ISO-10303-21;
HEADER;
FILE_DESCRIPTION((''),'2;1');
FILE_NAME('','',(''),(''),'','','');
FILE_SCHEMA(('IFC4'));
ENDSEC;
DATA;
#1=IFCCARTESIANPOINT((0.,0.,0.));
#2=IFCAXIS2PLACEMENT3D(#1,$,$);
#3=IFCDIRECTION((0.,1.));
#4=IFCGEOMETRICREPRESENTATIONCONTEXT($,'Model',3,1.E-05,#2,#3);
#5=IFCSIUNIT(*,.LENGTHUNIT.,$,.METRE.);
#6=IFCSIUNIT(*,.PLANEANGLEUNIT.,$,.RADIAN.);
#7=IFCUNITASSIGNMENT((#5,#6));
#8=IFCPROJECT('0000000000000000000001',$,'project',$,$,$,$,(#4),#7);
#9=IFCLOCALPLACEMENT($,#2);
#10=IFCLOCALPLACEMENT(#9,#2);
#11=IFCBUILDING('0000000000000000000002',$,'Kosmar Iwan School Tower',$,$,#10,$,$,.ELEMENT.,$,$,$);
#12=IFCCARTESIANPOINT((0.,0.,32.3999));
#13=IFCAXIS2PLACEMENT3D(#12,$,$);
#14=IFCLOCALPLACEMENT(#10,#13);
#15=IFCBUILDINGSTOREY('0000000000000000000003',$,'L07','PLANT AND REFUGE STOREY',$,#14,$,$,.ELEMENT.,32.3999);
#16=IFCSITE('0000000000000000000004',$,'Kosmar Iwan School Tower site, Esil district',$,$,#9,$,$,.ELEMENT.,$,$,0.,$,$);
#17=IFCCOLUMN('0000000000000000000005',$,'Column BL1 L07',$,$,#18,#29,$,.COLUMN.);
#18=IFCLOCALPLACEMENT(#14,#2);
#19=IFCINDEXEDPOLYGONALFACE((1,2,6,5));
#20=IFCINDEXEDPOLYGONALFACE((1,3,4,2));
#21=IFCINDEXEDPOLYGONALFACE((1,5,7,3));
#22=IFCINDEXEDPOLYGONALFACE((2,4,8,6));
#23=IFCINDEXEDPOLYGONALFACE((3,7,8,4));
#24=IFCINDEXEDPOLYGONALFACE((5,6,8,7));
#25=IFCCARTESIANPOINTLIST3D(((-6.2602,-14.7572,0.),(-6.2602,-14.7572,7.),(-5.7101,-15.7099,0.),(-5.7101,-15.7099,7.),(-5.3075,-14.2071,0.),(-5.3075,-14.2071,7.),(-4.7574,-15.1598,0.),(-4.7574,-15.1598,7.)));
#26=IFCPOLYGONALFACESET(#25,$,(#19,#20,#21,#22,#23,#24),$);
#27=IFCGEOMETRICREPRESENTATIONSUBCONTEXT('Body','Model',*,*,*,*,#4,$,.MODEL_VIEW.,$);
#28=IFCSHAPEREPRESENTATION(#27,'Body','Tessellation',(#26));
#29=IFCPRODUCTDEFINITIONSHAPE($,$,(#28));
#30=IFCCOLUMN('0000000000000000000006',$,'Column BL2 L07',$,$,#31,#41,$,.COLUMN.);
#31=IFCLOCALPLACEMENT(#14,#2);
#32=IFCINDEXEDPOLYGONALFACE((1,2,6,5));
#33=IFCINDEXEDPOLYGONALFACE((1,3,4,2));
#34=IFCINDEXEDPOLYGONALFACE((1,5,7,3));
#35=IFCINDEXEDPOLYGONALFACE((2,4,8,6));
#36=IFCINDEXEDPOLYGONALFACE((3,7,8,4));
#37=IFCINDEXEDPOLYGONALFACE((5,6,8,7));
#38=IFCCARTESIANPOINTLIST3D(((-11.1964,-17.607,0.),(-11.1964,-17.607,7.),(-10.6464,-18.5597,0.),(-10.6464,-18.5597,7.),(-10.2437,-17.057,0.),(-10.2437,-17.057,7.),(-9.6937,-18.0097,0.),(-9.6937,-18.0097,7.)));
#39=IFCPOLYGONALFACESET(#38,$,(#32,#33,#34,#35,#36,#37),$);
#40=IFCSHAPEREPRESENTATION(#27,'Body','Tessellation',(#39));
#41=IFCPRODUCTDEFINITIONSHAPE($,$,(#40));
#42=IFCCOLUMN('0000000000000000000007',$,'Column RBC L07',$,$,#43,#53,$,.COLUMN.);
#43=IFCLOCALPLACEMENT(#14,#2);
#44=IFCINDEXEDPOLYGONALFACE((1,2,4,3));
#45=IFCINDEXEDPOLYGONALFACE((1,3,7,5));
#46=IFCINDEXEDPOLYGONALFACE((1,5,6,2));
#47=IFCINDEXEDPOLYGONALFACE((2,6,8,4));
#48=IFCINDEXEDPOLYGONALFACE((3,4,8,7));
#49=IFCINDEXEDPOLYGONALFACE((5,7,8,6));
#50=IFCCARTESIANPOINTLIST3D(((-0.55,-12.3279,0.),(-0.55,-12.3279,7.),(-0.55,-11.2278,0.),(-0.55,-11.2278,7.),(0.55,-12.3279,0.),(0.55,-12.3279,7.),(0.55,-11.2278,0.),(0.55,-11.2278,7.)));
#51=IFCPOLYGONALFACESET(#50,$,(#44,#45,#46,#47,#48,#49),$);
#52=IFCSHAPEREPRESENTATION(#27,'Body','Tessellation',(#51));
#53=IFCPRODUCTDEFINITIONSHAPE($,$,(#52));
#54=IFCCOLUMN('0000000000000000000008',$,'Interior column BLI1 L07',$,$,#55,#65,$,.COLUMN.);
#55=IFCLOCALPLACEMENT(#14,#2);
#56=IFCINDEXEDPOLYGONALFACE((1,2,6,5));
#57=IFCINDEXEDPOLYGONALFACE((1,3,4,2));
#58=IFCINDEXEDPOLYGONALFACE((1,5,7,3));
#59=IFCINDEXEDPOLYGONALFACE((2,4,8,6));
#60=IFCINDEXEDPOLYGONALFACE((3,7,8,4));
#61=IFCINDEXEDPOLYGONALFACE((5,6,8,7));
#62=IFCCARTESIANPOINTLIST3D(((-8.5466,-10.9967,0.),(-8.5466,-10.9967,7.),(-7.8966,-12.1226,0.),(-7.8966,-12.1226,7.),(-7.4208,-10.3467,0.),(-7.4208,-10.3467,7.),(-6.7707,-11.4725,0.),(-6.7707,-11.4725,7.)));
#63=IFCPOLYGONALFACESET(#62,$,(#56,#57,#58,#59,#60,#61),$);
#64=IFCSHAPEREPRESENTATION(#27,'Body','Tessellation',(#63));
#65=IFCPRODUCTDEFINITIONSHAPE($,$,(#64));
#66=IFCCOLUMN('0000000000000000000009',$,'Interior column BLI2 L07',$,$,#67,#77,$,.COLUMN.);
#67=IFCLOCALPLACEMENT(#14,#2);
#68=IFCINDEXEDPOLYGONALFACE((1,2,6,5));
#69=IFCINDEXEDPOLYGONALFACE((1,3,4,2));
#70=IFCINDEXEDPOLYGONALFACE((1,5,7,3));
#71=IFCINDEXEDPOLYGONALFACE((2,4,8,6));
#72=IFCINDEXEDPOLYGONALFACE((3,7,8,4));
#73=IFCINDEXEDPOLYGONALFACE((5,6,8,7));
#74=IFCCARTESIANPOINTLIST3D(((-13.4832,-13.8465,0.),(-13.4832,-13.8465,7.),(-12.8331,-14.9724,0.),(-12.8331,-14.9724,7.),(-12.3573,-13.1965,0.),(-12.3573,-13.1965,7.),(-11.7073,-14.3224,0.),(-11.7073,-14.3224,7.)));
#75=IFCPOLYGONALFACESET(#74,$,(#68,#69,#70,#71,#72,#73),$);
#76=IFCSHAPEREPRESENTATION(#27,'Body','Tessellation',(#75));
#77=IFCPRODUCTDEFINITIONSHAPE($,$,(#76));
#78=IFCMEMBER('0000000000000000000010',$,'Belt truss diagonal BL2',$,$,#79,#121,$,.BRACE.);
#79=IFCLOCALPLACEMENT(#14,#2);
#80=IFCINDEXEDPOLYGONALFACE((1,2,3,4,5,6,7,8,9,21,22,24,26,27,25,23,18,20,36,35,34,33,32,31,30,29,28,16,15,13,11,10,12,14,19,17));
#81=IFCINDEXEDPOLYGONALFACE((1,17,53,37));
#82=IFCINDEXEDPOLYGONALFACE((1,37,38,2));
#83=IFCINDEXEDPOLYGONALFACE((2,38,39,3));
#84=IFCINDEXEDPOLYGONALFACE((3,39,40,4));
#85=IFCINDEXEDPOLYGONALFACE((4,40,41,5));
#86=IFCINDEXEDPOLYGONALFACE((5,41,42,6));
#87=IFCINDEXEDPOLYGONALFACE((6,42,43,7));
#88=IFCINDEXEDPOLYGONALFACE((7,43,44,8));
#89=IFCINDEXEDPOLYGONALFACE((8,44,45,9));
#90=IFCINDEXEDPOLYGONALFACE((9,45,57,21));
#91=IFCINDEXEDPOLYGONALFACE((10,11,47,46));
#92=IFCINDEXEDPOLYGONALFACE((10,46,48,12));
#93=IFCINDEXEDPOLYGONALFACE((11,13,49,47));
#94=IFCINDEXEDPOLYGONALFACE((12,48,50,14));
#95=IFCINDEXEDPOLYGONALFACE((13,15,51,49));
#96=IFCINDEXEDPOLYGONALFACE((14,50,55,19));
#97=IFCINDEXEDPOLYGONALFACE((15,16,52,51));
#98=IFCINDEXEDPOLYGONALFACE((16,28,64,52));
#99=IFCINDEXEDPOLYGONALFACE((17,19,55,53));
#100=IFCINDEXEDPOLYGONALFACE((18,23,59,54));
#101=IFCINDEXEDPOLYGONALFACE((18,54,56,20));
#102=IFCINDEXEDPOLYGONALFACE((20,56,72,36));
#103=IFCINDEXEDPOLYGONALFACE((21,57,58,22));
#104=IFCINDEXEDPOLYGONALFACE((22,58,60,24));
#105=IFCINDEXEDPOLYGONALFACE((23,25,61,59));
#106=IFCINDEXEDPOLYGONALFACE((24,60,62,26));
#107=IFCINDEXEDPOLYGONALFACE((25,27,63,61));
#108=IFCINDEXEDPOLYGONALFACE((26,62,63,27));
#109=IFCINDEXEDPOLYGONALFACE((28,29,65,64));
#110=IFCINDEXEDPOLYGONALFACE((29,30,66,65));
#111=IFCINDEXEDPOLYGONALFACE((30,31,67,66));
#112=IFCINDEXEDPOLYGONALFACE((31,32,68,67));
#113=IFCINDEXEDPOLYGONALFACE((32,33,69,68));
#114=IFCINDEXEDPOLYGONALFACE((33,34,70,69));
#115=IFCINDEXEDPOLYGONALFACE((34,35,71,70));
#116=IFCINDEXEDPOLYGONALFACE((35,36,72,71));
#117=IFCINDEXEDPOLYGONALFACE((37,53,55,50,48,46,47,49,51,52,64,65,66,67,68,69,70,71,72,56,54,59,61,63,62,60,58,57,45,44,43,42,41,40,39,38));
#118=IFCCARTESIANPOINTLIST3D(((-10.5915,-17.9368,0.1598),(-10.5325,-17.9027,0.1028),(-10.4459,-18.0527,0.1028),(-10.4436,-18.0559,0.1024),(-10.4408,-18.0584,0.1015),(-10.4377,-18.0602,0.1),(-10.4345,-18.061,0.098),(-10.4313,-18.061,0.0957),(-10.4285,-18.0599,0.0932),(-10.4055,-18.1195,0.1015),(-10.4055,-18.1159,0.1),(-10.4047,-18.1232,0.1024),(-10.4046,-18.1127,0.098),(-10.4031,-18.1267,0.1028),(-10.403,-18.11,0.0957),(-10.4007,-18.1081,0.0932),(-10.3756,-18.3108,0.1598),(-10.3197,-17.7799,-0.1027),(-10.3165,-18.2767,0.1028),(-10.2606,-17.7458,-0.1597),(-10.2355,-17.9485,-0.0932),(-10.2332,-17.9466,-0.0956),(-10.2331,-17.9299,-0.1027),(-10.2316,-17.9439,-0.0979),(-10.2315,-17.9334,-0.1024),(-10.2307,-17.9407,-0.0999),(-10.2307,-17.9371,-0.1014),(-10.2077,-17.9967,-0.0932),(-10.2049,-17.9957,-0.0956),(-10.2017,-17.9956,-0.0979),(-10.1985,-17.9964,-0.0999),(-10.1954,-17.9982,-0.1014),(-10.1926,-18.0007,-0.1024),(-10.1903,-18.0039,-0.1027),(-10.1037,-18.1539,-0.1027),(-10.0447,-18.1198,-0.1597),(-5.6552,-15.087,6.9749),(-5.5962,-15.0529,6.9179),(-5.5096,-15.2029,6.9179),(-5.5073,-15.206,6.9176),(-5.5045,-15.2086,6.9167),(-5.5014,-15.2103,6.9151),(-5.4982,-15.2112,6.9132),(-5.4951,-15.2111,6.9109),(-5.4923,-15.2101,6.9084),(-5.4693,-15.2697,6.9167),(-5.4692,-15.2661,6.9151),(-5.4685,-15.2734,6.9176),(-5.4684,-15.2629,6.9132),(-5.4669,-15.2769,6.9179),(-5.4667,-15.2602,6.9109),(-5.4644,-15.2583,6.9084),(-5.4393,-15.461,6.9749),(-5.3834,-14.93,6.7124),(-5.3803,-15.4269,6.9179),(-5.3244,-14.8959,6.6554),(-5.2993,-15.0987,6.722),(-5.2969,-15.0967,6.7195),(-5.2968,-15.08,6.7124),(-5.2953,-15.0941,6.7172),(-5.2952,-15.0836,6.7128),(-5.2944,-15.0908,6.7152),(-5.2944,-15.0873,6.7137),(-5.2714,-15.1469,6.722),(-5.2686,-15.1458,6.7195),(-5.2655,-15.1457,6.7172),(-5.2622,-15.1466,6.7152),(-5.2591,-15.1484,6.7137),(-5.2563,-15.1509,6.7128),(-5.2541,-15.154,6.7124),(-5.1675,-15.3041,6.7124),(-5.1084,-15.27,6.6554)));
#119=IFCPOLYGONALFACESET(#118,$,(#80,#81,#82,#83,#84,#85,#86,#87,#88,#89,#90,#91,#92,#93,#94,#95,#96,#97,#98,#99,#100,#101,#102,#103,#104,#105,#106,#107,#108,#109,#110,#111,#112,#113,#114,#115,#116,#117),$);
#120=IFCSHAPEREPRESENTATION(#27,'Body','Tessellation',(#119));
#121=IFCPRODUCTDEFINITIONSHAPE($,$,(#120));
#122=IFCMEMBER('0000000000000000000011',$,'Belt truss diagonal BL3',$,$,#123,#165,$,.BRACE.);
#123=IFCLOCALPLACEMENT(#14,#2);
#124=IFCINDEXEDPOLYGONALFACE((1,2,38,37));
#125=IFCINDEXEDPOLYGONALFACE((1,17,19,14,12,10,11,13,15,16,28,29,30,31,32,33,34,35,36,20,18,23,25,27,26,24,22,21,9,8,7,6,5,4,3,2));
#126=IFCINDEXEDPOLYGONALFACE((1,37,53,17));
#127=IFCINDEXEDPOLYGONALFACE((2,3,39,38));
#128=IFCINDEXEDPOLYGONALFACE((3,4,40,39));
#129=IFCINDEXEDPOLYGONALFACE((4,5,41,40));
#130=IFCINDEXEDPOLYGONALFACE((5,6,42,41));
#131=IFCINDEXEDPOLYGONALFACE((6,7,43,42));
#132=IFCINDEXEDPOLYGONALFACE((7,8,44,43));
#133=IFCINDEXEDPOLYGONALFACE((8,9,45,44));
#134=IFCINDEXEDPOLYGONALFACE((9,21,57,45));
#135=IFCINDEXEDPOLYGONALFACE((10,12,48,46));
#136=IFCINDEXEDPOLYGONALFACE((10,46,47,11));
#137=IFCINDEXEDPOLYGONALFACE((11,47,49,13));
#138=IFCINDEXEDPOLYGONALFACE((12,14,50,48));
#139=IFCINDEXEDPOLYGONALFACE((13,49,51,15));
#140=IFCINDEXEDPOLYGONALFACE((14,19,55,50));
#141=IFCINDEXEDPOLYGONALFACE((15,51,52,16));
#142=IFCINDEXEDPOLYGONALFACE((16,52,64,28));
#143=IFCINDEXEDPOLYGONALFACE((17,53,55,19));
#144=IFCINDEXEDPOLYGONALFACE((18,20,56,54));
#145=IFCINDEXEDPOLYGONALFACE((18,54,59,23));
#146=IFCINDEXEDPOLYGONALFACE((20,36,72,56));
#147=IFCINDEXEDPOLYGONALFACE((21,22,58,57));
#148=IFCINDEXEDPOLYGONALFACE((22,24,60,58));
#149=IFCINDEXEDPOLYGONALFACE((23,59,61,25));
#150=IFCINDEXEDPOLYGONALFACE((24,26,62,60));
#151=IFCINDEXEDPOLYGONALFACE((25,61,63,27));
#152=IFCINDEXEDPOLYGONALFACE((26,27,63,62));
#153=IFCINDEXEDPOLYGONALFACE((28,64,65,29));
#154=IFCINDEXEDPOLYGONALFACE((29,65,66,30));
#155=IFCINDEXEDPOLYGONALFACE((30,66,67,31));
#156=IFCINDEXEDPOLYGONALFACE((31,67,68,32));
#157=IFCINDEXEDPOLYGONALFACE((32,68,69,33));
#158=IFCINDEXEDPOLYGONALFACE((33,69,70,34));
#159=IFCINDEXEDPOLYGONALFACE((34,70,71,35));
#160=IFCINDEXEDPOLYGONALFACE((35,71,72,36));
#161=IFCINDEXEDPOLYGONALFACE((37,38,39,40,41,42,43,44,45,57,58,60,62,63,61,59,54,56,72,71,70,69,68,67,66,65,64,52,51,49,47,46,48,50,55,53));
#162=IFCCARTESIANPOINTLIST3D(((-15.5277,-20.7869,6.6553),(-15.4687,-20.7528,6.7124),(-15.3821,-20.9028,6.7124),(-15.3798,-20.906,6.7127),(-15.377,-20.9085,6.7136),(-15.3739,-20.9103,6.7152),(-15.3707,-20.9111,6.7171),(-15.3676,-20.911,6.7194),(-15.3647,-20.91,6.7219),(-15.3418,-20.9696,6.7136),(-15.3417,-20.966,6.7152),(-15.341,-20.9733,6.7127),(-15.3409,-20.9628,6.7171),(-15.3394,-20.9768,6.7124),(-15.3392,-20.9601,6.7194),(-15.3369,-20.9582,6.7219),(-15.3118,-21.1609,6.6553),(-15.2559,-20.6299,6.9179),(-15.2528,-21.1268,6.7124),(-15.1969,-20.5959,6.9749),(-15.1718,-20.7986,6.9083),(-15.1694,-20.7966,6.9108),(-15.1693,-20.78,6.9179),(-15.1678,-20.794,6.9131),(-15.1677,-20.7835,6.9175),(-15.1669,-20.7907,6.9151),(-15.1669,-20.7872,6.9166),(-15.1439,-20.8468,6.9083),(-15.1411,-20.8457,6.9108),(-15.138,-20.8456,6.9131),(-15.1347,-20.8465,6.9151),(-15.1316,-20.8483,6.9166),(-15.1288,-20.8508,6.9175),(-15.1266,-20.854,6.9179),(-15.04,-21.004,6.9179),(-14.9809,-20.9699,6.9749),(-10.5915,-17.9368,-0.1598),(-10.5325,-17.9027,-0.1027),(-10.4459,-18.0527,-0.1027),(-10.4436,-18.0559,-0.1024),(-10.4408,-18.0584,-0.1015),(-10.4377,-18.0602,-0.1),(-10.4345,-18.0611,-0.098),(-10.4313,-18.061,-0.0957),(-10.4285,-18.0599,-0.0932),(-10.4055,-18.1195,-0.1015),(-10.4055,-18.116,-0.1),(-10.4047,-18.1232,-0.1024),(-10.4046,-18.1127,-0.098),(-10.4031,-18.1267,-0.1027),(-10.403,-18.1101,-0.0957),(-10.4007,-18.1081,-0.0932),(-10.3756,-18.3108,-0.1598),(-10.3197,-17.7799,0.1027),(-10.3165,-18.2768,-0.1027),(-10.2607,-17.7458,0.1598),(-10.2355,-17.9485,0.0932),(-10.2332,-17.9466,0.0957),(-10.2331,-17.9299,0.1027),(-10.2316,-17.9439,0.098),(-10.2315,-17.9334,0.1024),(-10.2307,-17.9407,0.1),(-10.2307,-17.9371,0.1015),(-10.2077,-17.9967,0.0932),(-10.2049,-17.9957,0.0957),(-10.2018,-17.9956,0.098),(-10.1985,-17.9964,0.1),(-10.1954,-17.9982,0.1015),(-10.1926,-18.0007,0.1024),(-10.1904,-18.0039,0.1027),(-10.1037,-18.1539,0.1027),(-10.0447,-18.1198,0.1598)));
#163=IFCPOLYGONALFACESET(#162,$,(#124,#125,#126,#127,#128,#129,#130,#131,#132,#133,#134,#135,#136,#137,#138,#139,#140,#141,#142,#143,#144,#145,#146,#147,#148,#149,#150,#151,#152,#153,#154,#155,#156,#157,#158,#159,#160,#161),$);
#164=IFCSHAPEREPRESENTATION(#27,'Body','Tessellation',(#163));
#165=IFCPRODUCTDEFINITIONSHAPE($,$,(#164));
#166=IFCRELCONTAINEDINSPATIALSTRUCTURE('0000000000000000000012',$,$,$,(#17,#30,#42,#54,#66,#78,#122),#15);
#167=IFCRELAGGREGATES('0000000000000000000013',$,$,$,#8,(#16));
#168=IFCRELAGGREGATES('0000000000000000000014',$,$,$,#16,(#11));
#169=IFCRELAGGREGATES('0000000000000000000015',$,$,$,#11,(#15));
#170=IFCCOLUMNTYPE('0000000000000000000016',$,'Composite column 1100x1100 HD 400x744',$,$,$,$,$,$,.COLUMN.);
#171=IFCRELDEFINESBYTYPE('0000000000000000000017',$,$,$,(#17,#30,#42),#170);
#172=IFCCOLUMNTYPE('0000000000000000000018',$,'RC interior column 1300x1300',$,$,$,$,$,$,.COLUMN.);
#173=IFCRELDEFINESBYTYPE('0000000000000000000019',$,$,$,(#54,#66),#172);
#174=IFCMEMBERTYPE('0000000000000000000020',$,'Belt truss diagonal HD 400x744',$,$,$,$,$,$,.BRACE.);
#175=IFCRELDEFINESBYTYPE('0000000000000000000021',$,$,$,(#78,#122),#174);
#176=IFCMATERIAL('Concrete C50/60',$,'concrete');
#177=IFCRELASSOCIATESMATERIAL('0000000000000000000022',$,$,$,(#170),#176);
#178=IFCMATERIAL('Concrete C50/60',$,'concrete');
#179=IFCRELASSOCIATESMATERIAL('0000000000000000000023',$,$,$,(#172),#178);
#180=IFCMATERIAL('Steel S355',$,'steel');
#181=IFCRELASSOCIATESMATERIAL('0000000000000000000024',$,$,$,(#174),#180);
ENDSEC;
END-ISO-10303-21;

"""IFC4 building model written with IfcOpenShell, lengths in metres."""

from ifc_helpers import new_model, si_unit, direction, frame, origin, origin_2d, place, context, subcontext, project, spatial, rectangle, i_section, extrude, material, material_profile, profile_set, type_object, element, save


model = new_model("IFC4")

# Units and contexts
model_context = context("Model", 3, precision=1e-05, world=origin(), true_north=direction((0.0, 1.0)))
body_context = subcontext(model_context, "Body", "Model", "MODEL_VIEW")
ifc_project = project(units=[si_unit("LENGTHUNIT", "METRE"), si_unit("PLANEANGLEUNIT", "RADIAN")], contexts=[model_context])

# Site, building, storey
site_placement = place(None, origin())
site = spatial("IfcSite", under=ifc_project, at=site_placement, Name="Kosmar Iwan School Tower site, Esil district", CompositionType="ELEMENT", RefElevation=0.0)
building_placement = place(site_placement, origin())
building = spatial("IfcBuilding", under=site, at=building_placement, Name="Kosmar Iwan School Tower", CompositionType="ELEMENT")
storey_placement = place(building_placement, frame((0.0, 0.0, 32.3999)))
storey = spatial("IfcBuildingStorey", under=building, at=storey_placement, Name="L07", Description="PLANT AND REFUGE STOREY", CompositionType="ELEMENT", Elevation=32.3999)

# Columns
ifc_material_1 = material(Name="Concrete C50/60", Category="concrete")
ifc_material_profile_1 = material_profile(ifc_material_1, rectangle(XDim=1.1001, YDim=1.1001, at=origin_2d()), Name="RC 1100x1100 + HD 400x744")
ifc_profile_set_1 = profile_set([ifc_material_profile_1], Name="Concrete C50/60")
column_type_1 = type_object("IfcColumnType", Name="Composite column 1100x1100 HD 400x744", PredefinedType="COLUMN", material=ifc_profile_set_1)
for number, where, z_axis, x_axis, name in (
    (1, (-5.5088, -14.9585, 0.0), (0.0, 0.0, 1.0), (-0.866025, -0.5, 0.0), "Column BL1 L07"),
    (2, (-10.4451, -17.8083, 0.0), (0.0, 0.0, 1.0), (-0.866025, -0.5, 0.0), "Column BL2 L07"),
    (3, (0.0, -11.7778, 0.0), (0.0, 0.0, 1.0), (1.0, 0.0, 0.0), "Column RBC L07"),
):
    element("IfcColumn", number, at=place(storey_placement, frame(where, z_axis=z_axis, x_axis=x_axis)), inside=storey, type_object=column_type_1, Name=name, PredefinedType="COLUMN", context=body_context, shape_type="SweptSolid", body=[
        extrude(rectangle(XDim=1.1001, YDim=1.1001, at=origin_2d()), origin(), (0.0, 0.0, 1.0), 7.0),
    ])
ifc_material_2 = material(Name="Concrete C50/60", Category="concrete")
ifc_material_profile_2 = material_profile(ifc_material_2, rectangle(XDim=1.3, YDim=1.3, at=origin_2d()), Name="RC 1300x1300")
ifc_profile_set_2 = profile_set([ifc_material_profile_2], Name="Concrete C50/60")
column_type_2 = type_object("IfcColumnType", Name="RC interior column 1300x1300", PredefinedType="COLUMN", material=ifc_profile_set_2)
for number, where, z_axis, x_axis, name in (
    (4, (-7.6587, -11.2346, 0.0), (0.0, 0.0, 1.0), (-0.866025, -0.5, 0.0), "Interior column BLI1 L07"),
    (5, (-12.5952, -14.0845, 0.0), (0.0, 0.0, 1.0), (-0.866025, -0.5, 0.0), "Interior column BLI2 L07"),
):
    element("IfcColumn", number, at=place(storey_placement, frame(where, z_axis=z_axis, x_axis=x_axis)), inside=storey, type_object=column_type_2, Name=name, PredefinedType="COLUMN", context=body_context, shape_type="SweptSolid", body=[
        extrude(rectangle(XDim=1.3, YDim=1.3, at=origin_2d()), origin(), (0.0, 0.0, 1.0), 7.0),
    ])

# Members
ifc_material_3 = material(Name="Steel S355", Category="steel")
ifc_material_profile_3 = material_profile(ifc_material_3, i_section(OverallWidth=0.4319, OverallDepth=0.498, WebThickness=0.0557, FlangeThickness=0.0889, FilletRadius=0.0149, at=origin_2d()), Name="HD 400x744")
ifc_profile_set_3 = profile_set([ifc_material_profile_3], Name="Steel S355")
member_type = type_object("IfcMemberType", Name="Belt truss diagonal HD 400x744", PredefinedType="BRACE", material=ifc_profile_set_3)
for number, where, z_axis, x_axis, name in (
    (6, (-5.3818, -15.1785, 6.8152), (-0.555602, -0.320765, -0.767083), (0.499986, -0.866034, 0.0), "Belt truss diagonal BL2"),
    (7, (-10.3181, -18.0283, 0.0), (-0.555598, -0.32079, 0.767076), (0.500018, -0.866015, 0.0), "Belt truss diagonal BL3"),
):
    element("IfcMember", number, at=place(storey_placement, frame(where, z_axis=z_axis, x_axis=x_axis)), inside=storey, type_object=member_type, Name=name, PredefinedType="BRACE", context=body_context, shape_type="SweptSolid", body=[
        extrude(i_section(OverallWidth=0.4319, OverallDepth=0.498, WebThickness=0.0557, FlangeThickness=0.0889, FilletRadius=0.0149, at=origin_2d()), origin(), (0.0, 0.0, 1.0), 8.8845),
    ])

save(model, "model.ifc")
